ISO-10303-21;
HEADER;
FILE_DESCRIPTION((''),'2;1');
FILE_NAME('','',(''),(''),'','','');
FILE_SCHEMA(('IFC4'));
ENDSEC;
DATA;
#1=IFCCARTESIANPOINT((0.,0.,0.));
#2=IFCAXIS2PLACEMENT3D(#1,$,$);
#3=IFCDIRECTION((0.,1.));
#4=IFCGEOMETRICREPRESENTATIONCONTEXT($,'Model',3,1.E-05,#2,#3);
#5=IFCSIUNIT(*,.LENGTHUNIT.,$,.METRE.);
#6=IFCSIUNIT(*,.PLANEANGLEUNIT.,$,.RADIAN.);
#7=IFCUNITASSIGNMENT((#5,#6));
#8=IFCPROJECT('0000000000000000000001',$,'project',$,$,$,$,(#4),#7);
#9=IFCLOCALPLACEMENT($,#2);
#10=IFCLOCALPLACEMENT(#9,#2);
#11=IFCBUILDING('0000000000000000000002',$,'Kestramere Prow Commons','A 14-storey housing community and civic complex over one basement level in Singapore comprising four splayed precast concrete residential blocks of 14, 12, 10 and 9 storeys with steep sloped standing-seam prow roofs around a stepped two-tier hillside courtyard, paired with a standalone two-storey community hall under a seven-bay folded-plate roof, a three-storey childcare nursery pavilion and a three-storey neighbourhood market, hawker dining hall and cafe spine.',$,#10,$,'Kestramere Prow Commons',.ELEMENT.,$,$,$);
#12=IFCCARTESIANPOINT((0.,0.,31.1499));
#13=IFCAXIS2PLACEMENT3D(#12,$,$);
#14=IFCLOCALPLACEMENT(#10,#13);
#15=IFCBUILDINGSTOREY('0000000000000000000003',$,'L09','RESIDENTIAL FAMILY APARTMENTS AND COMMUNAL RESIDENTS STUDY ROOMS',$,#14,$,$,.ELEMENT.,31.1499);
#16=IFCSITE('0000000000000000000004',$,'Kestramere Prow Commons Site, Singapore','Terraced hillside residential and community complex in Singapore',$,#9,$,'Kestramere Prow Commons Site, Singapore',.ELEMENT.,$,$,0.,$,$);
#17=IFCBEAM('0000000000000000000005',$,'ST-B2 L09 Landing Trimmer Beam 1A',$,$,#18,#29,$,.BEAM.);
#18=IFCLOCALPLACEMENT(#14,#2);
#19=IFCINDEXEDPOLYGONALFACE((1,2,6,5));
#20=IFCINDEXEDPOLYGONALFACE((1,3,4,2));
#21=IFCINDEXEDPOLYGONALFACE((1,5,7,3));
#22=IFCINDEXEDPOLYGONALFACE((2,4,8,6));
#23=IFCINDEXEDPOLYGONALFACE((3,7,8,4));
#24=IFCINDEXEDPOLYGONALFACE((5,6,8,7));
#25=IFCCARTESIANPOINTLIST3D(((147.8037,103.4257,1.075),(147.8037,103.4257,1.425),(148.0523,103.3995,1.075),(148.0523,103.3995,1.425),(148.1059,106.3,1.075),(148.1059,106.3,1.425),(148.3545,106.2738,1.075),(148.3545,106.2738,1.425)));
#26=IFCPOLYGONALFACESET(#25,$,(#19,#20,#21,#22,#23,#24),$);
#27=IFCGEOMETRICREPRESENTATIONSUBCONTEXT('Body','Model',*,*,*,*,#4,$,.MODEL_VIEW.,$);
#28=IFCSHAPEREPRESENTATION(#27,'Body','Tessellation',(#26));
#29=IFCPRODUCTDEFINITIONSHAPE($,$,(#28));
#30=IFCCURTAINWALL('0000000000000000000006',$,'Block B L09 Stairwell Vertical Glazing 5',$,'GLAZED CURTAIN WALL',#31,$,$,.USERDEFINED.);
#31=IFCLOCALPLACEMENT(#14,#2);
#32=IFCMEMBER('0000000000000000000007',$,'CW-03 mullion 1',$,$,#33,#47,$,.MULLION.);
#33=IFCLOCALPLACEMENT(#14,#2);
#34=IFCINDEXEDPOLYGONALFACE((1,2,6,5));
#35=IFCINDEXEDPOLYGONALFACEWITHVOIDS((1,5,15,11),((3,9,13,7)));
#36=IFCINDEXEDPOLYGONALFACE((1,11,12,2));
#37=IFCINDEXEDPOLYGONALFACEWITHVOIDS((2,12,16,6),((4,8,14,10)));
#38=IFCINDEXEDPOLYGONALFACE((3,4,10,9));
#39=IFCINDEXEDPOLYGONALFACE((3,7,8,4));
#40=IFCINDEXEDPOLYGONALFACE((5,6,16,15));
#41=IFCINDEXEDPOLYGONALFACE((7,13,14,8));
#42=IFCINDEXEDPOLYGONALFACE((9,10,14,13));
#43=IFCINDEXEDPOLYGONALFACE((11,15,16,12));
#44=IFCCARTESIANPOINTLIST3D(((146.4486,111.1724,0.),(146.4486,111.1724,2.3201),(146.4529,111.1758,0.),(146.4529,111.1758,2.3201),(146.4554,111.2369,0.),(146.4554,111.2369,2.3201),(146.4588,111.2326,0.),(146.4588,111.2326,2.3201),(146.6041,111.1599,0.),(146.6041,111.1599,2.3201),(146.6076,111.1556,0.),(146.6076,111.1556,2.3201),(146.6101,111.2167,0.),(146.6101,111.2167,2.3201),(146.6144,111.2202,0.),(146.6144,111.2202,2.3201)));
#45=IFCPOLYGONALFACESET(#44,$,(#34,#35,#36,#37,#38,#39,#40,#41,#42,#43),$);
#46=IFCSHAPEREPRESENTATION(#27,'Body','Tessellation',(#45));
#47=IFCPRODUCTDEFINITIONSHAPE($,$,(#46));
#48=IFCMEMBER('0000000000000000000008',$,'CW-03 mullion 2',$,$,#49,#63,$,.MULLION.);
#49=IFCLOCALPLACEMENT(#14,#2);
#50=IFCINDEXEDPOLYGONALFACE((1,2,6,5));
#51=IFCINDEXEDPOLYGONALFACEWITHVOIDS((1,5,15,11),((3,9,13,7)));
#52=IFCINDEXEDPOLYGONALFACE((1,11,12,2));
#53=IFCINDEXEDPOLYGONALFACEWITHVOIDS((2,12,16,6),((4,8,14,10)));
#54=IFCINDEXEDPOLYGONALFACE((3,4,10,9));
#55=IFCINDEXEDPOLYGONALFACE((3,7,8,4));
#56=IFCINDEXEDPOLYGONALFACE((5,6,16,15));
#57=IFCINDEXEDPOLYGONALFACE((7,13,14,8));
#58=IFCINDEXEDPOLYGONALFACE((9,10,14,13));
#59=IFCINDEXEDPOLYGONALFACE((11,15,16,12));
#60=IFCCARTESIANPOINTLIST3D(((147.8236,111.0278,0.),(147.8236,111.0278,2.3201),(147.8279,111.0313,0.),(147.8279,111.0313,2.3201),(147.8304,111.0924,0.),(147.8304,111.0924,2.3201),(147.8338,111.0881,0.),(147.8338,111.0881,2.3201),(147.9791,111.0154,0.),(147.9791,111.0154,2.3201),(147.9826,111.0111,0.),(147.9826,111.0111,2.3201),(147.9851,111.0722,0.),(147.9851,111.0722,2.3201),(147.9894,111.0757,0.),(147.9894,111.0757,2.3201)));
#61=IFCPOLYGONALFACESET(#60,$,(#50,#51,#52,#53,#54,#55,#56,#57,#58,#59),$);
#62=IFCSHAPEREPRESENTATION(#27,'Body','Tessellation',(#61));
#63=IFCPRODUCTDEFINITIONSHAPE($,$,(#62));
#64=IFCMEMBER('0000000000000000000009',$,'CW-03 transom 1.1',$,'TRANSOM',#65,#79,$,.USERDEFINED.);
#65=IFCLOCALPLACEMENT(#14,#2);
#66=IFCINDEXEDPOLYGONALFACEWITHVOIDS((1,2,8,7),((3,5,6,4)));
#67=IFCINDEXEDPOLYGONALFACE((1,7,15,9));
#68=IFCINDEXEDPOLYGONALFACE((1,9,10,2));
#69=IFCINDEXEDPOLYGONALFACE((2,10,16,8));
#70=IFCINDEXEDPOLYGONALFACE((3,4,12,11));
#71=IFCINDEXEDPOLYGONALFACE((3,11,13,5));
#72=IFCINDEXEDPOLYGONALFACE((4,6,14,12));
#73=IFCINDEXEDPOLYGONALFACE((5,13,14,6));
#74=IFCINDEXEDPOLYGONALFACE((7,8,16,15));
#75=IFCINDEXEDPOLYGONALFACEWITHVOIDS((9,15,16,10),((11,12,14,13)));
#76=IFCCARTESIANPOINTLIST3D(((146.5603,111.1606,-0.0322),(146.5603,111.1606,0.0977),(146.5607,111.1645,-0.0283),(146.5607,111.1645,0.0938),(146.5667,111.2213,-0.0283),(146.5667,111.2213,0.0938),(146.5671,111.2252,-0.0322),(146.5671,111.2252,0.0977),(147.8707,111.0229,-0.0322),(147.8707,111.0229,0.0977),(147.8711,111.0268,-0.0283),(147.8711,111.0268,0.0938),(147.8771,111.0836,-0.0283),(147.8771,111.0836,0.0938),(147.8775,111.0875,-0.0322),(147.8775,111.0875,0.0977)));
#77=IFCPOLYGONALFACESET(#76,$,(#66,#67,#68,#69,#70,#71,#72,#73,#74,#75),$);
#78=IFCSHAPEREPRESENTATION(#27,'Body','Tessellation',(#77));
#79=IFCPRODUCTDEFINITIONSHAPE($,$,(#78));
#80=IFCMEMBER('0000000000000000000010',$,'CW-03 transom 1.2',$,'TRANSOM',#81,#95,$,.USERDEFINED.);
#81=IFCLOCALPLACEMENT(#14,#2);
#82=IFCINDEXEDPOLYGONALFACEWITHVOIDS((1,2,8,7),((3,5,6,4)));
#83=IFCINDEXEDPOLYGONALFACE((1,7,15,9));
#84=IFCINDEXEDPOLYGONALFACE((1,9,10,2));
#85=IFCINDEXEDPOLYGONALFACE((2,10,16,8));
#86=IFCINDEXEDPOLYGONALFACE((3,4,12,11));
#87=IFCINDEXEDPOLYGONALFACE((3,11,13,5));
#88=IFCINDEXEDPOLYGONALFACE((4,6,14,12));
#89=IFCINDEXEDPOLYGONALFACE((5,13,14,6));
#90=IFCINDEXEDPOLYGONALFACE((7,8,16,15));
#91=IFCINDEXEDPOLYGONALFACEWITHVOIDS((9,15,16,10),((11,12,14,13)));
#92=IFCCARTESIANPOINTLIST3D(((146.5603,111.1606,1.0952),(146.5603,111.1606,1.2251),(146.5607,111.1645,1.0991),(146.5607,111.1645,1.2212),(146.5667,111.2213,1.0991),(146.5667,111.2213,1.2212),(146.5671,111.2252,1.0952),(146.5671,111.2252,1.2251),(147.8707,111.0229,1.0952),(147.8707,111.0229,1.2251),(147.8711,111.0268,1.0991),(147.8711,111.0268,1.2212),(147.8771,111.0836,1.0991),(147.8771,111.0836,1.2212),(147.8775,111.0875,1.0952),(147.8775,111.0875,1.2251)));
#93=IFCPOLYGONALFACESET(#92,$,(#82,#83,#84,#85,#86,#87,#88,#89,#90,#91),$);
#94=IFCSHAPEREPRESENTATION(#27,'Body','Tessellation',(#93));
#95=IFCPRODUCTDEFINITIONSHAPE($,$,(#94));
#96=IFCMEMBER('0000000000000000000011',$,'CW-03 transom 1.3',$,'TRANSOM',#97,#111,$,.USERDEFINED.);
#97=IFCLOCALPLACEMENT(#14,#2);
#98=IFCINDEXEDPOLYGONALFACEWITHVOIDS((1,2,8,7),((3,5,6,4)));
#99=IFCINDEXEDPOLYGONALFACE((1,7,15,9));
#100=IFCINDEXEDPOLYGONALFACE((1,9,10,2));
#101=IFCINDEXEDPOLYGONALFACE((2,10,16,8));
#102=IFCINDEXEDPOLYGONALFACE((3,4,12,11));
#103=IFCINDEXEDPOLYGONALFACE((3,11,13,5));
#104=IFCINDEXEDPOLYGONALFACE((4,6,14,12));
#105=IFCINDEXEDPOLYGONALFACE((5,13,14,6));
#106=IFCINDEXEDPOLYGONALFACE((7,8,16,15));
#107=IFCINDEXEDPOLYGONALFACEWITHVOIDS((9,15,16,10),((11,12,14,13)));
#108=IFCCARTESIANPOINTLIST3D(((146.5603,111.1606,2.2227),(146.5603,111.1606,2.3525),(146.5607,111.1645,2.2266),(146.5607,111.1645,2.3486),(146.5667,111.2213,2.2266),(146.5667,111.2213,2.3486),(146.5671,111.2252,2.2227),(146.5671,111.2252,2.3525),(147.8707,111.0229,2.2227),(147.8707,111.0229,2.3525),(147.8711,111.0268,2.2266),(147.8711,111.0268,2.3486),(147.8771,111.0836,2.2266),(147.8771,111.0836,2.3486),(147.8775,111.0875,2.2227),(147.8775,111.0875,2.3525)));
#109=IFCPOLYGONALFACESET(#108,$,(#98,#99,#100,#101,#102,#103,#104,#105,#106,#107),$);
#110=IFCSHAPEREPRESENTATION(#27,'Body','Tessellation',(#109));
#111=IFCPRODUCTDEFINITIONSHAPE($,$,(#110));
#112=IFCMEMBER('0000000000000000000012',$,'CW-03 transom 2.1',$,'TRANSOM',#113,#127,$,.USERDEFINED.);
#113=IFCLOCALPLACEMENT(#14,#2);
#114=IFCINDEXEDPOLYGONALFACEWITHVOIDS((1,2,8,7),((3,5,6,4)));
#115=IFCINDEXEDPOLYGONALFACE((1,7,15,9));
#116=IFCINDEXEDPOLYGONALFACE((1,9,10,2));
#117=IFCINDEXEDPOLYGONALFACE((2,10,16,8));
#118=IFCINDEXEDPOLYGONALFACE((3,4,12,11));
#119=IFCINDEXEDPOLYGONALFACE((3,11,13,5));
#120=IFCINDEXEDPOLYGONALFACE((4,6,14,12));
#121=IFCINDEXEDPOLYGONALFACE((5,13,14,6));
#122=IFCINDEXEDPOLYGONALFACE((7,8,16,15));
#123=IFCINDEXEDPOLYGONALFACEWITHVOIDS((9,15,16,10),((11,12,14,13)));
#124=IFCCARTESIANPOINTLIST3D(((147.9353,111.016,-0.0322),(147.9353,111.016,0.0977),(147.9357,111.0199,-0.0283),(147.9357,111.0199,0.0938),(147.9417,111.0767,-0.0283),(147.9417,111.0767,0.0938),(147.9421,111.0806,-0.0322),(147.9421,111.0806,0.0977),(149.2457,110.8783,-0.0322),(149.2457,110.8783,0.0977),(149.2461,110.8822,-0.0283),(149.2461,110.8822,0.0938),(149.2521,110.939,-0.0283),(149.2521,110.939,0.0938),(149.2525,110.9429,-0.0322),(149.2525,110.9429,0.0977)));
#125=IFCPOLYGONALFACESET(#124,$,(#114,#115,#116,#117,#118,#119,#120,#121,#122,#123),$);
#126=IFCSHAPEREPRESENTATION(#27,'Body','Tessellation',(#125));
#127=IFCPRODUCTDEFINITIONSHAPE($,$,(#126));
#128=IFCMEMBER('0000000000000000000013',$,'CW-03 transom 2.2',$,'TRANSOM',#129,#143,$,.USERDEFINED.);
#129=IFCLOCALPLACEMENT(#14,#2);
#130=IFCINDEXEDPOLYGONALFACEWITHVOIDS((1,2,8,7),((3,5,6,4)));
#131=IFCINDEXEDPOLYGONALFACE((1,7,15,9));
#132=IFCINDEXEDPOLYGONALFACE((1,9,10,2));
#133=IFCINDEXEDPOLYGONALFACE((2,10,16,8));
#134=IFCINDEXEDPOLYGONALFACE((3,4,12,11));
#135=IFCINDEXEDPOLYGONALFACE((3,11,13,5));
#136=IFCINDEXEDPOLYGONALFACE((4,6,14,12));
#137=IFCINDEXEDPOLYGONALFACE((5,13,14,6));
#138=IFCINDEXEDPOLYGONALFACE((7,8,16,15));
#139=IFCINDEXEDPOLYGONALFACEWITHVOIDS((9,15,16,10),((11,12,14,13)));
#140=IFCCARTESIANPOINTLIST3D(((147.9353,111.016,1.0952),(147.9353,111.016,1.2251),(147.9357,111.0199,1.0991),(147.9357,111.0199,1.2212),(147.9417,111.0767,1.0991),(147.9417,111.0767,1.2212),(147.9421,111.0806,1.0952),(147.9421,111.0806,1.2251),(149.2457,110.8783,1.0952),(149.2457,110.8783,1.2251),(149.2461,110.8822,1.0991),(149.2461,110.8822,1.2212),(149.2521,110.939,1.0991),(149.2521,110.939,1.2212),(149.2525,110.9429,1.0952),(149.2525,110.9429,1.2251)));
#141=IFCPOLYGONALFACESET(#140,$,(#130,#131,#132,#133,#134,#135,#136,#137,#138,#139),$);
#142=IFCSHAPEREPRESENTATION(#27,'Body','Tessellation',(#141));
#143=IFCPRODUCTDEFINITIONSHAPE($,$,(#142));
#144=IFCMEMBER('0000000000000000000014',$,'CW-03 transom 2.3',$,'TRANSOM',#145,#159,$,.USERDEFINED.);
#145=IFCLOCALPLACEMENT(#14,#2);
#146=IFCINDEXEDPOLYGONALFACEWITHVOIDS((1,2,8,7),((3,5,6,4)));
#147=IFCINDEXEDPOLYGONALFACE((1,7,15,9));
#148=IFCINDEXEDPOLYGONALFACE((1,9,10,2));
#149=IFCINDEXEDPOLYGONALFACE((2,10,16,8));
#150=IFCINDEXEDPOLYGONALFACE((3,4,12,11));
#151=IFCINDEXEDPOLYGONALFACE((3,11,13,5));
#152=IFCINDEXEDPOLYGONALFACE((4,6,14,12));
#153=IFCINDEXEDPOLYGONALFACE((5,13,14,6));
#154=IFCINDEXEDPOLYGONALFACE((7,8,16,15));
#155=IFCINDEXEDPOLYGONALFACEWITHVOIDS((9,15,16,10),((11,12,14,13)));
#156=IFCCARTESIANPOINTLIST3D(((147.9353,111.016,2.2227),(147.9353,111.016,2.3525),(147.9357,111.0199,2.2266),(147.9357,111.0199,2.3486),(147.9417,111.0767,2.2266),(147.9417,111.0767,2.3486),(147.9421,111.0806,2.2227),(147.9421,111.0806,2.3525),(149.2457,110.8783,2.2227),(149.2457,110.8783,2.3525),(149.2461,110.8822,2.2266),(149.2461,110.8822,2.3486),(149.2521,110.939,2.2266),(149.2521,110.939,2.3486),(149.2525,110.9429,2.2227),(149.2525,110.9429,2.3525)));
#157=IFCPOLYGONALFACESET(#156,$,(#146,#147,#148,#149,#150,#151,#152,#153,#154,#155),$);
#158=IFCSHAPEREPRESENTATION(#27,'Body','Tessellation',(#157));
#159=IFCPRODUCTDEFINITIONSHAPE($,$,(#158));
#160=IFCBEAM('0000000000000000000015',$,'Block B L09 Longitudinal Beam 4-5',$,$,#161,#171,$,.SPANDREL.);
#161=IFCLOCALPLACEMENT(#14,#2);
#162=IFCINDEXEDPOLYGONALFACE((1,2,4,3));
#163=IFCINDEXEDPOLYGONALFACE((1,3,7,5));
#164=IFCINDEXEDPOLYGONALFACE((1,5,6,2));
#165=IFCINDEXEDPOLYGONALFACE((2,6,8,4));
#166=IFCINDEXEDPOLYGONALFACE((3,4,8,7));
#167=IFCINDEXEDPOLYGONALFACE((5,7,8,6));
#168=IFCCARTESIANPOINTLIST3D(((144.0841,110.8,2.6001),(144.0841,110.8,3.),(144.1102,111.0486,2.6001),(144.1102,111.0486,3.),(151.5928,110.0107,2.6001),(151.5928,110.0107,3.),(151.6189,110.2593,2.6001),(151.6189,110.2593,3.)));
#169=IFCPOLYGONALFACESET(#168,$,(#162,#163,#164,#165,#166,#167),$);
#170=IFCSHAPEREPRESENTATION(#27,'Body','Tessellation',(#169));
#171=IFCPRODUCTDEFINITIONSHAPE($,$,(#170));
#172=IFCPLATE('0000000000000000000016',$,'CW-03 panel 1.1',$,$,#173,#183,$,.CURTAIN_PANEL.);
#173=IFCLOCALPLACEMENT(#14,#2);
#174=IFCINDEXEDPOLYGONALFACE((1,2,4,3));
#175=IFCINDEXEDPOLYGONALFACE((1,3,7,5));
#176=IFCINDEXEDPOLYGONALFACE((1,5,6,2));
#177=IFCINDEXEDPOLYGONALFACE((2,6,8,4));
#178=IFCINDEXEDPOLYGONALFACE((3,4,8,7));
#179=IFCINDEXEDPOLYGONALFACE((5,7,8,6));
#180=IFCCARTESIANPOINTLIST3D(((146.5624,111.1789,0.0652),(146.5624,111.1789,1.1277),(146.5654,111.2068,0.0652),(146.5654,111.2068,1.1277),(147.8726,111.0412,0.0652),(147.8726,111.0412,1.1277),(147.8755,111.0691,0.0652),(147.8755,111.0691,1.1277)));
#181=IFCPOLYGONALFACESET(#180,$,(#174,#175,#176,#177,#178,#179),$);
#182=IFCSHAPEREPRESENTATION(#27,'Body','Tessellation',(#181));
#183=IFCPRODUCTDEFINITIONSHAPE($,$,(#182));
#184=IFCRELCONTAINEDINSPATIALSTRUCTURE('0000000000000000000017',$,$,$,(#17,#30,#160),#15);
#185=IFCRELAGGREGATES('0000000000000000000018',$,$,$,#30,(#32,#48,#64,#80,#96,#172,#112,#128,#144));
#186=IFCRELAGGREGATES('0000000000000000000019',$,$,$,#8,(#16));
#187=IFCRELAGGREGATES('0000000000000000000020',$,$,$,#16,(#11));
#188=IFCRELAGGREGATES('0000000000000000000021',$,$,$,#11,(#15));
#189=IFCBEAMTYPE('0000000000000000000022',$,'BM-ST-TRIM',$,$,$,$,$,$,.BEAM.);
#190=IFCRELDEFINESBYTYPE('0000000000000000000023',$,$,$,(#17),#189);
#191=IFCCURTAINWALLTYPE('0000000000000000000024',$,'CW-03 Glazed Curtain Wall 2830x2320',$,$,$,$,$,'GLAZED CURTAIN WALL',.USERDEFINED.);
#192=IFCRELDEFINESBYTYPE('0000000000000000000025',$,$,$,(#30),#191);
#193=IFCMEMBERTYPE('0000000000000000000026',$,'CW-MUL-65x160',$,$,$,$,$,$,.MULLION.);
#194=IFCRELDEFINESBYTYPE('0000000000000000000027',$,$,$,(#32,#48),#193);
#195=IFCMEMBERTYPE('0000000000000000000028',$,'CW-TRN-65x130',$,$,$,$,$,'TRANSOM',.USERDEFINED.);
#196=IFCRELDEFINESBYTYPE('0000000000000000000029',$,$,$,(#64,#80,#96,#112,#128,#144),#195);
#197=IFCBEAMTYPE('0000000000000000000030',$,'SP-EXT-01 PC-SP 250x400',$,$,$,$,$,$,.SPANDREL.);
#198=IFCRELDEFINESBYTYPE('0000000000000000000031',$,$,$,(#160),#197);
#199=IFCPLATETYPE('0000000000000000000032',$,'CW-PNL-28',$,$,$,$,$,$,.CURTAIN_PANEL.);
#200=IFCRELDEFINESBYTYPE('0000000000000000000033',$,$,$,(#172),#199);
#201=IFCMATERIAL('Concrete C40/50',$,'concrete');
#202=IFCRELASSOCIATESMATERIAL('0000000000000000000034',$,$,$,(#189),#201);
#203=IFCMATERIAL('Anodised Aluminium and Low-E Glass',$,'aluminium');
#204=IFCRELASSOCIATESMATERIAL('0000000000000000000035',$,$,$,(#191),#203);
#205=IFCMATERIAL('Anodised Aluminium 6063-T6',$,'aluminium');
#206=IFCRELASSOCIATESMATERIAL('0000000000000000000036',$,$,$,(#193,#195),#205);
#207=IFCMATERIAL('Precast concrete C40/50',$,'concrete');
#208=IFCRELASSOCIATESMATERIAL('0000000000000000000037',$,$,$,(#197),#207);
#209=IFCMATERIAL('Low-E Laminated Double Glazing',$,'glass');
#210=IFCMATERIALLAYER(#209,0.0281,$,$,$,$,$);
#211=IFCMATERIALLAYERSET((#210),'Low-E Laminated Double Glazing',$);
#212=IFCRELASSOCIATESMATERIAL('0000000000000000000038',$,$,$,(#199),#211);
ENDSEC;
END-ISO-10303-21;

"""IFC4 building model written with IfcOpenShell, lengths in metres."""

from ifc_helpers import new_model, si_unit, direction, frame, origin, origin_2d, place, context, subcontext, project, spatial, rectangle, hollow_rectangle, extrude, material, layer, layer_set, material_profile, profile_set, type_object, element, aggregate, save


model = new_model("IFC4")

# Units and contexts
model_context = context("Model", 3, precision=1e-05, world=origin(), true_north=direction((0.0, 1.0)))
body_context = subcontext(model_context, "Body", "Model", "MODEL_VIEW")
ifc_project = project(units=[si_unit("LENGTHUNIT", "METRE"), si_unit("PLANEANGLEUNIT", "RADIAN")], contexts=[model_context])

# Site, building, storey
site_placement = place(None, origin())
site = spatial("IfcSite", under=ifc_project, at=site_placement, Name="Kestramere Prow Commons Site, Singapore", Description="Terraced hillside residential and community complex in Singapore", LongName="Kestramere Prow Commons Site, Singapore", CompositionType="ELEMENT", RefElevation=0.0)
building_placement = place(site_placement, origin())
building = spatial("IfcBuilding", under=site, at=building_placement, Name="Kestramere Prow Commons", Description="A 14-storey housing community and civic complex over one basement level in Singapore comprising four splayed precast concrete residential blocks of 14, 12, 10 and 9 storeys with steep sloped standing-seam prow roofs around a stepped two-tier hillside courtyard, paired with a standalone two-storey community hall under a seven-bay folded-plate roof, a three-storey childcare nursery pavilion and a three-storey neighbourhood market, hawker dining hall and cafe spine.", LongName="Kestramere Prow Commons", CompositionType="ELEMENT")
storey_placement = place(building_placement, frame((0.0, 0.0, 31.1499)))
storey = spatial("IfcBuildingStorey", under=building, at=storey_placement, Name="L09", Description="RESIDENTIAL FAMILY APARTMENTS AND COMMUNAL RESIDENTS STUDY ROOMS", CompositionType="ELEMENT", Elevation=31.1499)

# Beam
ifc_material_1 = material(Name="Concrete C40/50", Category="concrete")
ifc_material_profile_1 = material_profile(ifc_material_1, rectangle(XDim=0.25, YDim=0.3501, at=origin_2d()), Name="PC-BM 250x350")
ifc_profile_set_1 = profile_set([ifc_material_profile_1], Name="Concrete C40/50")
beam_type_1 = type_object("IfcBeamType", Name="BM-ST-TRIM", PredefinedType="BEAM", material=ifc_profile_set_1)
beam_1_placement = place(storey_placement, frame((147.928, 103.4126, 1.25), z_axis=(0.104579, 0.994517, 0.0), x_axis=(-0.994517, 0.104579, 0.0)))
element("IfcBeam", 1, at=beam_1_placement, inside=storey, type_object=beam_type_1, Name="ST-B2 L09 Landing Trimmer Beam 1A", PredefinedType="BEAM", context=body_context, shape_type="SweptSolid", body=[
    extrude(rectangle(XDim=0.25, YDim=0.3501, at=origin_2d()), origin(), (0.0, 0.0, 1.0), 2.8901),
])

# Curtain wall, members
ifc_material_2 = material(Name="Anodised Aluminium and Low-E Glass", Category="aluminium")
curtain_wall_type = type_object("IfcCurtainWallType", Name="CW-03 Glazed Curtain Wall 2830x2320", ElementType="GLAZED CURTAIN WALL", PredefinedType="USERDEFINED", material=ifc_material_2)
curtain_wall_placement = place(storey_placement, origin())
curtain_wall = element("IfcCurtainWall", 2, at=curtain_wall_placement, inside=storey, type_object=curtain_wall_type, Name="Block B L09 Stairwell Vertical Glazing 5", ObjectType="GLAZED CURTAIN WALL", PredefinedType="USERDEFINED")
ifc_material_3 = material(Name="Anodised Aluminium 6063-T6", Category="aluminium")
ifc_material_profile_2 = material_profile(ifc_material_3, hollow_rectangle(XDim=0.0649, YDim=0.1599, WallThickness=0.0039, at=origin_2d()), Name="ALU-MUL 65x160")
ifc_profile_set_2 = profile_set([ifc_material_profile_2], Name="Anodised Aluminium 6063-T6")
member_type_1 = type_object("IfcMemberType", Name="CW-MUL-65x160", PredefinedType="MULLION", material=ifc_profile_set_2)
member_1_placement = place(storey_placement, frame((146.5315, 111.1963, 0.0), z_axis=(0.0, 0.0, 1.0), x_axis=(0.104528, 0.994522, 0.0)))
member_1 = element("IfcMember", 3, at=member_1_placement, type_object=member_type_1, Name="CW-03 mullion 1", PredefinedType="MULLION", context=body_context, shape_type="SweptSolid", body=[
    extrude(hollow_rectangle(XDim=0.0649, YDim=0.1599, WallThickness=0.0039, at=origin_2d()), origin(), (0.0, 0.0, 1.0), 2.3201),
])
member_2_placement = place(storey_placement, frame((147.9065, 111.0518, 0.0), z_axis=(0.0, 0.0, 1.0), x_axis=(0.104528, 0.994522, 0.0)))
member_2 = element("IfcMember", 4, at=member_2_placement, type_object=member_type_1, Name="CW-03 mullion 2", PredefinedType="MULLION", context=body_context, shape_type="SweptSolid", body=[
    extrude(hollow_rectangle(XDim=0.0649, YDim=0.1599, WallThickness=0.0039, at=origin_2d()), origin(), (0.0, 0.0, 1.0), 2.3201),
])
ifc_material_profile_3 = material_profile(ifc_material_3, hollow_rectangle(XDim=0.0649, YDim=0.1299, WallThickness=0.0039, at=origin_2d()), Name="ALU-TRN 65x130")
ifc_profile_set_3 = profile_set([ifc_material_profile_3], Name="Anodised Aluminium 6063-T6")
member_type_2 = type_object("IfcMemberType", Name="CW-TRN-65x130", ElementType="TRANSOM", PredefinedType="USERDEFINED", material=ifc_profile_set_3)
member_3_placement = place(storey_placement, frame((146.5637, 111.1929, 0.0327), z_axis=(0.994524, -0.104511, 0.0), x_axis=(0.104511, 0.994524, 0.0)))
member_3 = element("IfcMember", 5, at=member_3_placement, type_object=member_type_2, Name="CW-03 transom 1.1", ObjectType="TRANSOM", PredefinedType="USERDEFINED", context=body_context, shape_type="SweptSolid", body=[
    extrude(hollow_rectangle(XDim=0.0649, YDim=0.1299, WallThickness=0.0039, at=origin_2d()), origin(), (0.0, 0.0, 1.0), 1.3176),
])
member_4_placement = place(storey_placement, frame((146.5637, 111.1929, 1.1602), z_axis=(0.994524, -0.104511, 0.0), x_axis=(0.104511, 0.994524, 0.0)))
member_4 = element("IfcMember", 6, at=member_4_placement, type_object=member_type_2, Name="CW-03 transom 1.2", ObjectType="TRANSOM", PredefinedType="USERDEFINED", context=body_context, shape_type="SweptSolid", body=[
    extrude(hollow_rectangle(XDim=0.0649, YDim=0.1299, WallThickness=0.0039, at=origin_2d()), origin(), (0.0, 0.0, 1.0), 1.3176),
])
member_5_placement = place(storey_placement, frame((146.5637, 111.1929, 2.2876), z_axis=(0.994524, -0.104511, 0.0), x_axis=(0.104511, 0.994524, 0.0)))
member_5 = element("IfcMember", 7, at=member_5_placement, type_object=member_type_2, Name="CW-03 transom 1.3", ObjectType="TRANSOM", PredefinedType="USERDEFINED", context=body_context, shape_type="SweptSolid", body=[
    extrude(hollow_rectangle(XDim=0.0649, YDim=0.1299, WallThickness=0.0039, at=origin_2d()), origin(), (0.0, 0.0, 1.0), 1.3176),
])
member_6_placement = place(storey_placement, frame((147.9387, 111.0483, 0.0327), z_axis=(0.994524, -0.104511, 0.0), x_axis=(0.104511, 0.994524, 0.0)))
member_6 = element("IfcMember", 8, at=member_6_placement, type_object=member_type_2, Name="CW-03 transom 2.1", ObjectType="TRANSOM", PredefinedType="USERDEFINED", context=body_context, shape_type="SweptSolid", body=[
    extrude(hollow_rectangle(XDim=0.0649, YDim=0.1299, WallThickness=0.0039, at=origin_2d()), origin(), (0.0, 0.0, 1.0), 1.3176),
])
member_7_placement = place(storey_placement, frame((147.9387, 111.0483, 1.1602), z_axis=(0.994524, -0.104511, 0.0), x_axis=(0.104511, 0.994524, 0.0)))
member_7 = element("IfcMember", 9, at=member_7_placement, type_object=member_type_2, Name="CW-03 transom 2.2", ObjectType="TRANSOM", PredefinedType="USERDEFINED", context=body_context, shape_type="SweptSolid", body=[
    extrude(hollow_rectangle(XDim=0.0649, YDim=0.1299, WallThickness=0.0039, at=origin_2d()), origin(), (0.0, 0.0, 1.0), 1.3176),
])
member_8_placement = place(storey_placement, frame((147.9387, 111.0483, 2.2876), z_axis=(0.994524, -0.104511, 0.0), x_axis=(0.104511, 0.994524, 0.0)))
member_8 = element("IfcMember", 10, at=member_8_placement, type_object=member_type_2, Name="CW-03 transom 2.3", ObjectType="TRANSOM", PredefinedType="USERDEFINED", context=body_context, shape_type="SweptSolid", body=[
    extrude(hollow_rectangle(XDim=0.0649, YDim=0.1299, WallThickness=0.0039, at=origin_2d()), origin(), (0.0, 0.0, 1.0), 1.3176),
])

# Beam
ifc_material_4 = material(Name="Precast concrete C40/50", Category="concrete")
ifc_material_profile_4 = material_profile(ifc_material_4, rectangle(XDim=0.25, YDim=0.3999, at=origin_2d()), Name="PC-SP 250x400")
ifc_profile_set_4 = profile_set([ifc_material_profile_4], Name="Precast concrete C40/50")
beam_type_2 = type_object("IfcBeamType", Name="SP-EXT-01 PC-SP 250x400", PredefinedType="SPANDREL", material=ifc_profile_set_4)
beam_2_placement = place(storey_placement, frame((144.0972, 110.9243, 2.8), z_axis=(0.994521, -0.104542, 0.0), x_axis=(0.104542, 0.994521, 0.0)))
element("IfcBeam", 11, at=beam_2_placement, inside=storey, type_object=beam_type_2, Name="Block B L09 Longitudinal Beam 4-5", PredefinedType="SPANDREL", context=body_context, shape_type="SweptSolid", body=[
    extrude(rectangle(XDim=0.25, YDim=0.3999, at=origin_2d()), origin(), (0.0, 0.0, 1.0), 7.55),
])

# Plate
ifc_material_5 = material(Name="Low-E Laminated Double Glazing", Category="glass")
ifc_layer_1 = layer(ifc_material_5, 0.0281)
ifc_layer_set_1 = layer_set([ifc_layer_1], Name="Low-E Laminated Double Glazing")
plate_type = type_object("IfcPlateType", Name="CW-PNL-28", PredefinedType="CURTAIN_PANEL", material=ifc_layer_set_1)
plate_1_placement = place(storey_placement, frame((147.219, 111.124, 0.0652), z_axis=(0.0, 0.0, 1.0), x_axis=(0.994522, -0.104528, 0.0)))
plate_1 = element("IfcPlate", 12, at=plate_1_placement, type_object=plate_type, Name="CW-03 panel 1.1", PredefinedType="CURTAIN_PANEL", context=body_context, shape_type="SweptSolid", body=[
    extrude(rectangle(XDim=1.3174, YDim=0.0281, at=origin_2d()), origin(), (0.0, 0.0, 1.0), 1.0625),
])
aggregate(curtain_wall, [member_1, member_2, member_3, member_4, member_5, plate_1, member_6, member_7, member_8])

save(model, "model.ifc")
